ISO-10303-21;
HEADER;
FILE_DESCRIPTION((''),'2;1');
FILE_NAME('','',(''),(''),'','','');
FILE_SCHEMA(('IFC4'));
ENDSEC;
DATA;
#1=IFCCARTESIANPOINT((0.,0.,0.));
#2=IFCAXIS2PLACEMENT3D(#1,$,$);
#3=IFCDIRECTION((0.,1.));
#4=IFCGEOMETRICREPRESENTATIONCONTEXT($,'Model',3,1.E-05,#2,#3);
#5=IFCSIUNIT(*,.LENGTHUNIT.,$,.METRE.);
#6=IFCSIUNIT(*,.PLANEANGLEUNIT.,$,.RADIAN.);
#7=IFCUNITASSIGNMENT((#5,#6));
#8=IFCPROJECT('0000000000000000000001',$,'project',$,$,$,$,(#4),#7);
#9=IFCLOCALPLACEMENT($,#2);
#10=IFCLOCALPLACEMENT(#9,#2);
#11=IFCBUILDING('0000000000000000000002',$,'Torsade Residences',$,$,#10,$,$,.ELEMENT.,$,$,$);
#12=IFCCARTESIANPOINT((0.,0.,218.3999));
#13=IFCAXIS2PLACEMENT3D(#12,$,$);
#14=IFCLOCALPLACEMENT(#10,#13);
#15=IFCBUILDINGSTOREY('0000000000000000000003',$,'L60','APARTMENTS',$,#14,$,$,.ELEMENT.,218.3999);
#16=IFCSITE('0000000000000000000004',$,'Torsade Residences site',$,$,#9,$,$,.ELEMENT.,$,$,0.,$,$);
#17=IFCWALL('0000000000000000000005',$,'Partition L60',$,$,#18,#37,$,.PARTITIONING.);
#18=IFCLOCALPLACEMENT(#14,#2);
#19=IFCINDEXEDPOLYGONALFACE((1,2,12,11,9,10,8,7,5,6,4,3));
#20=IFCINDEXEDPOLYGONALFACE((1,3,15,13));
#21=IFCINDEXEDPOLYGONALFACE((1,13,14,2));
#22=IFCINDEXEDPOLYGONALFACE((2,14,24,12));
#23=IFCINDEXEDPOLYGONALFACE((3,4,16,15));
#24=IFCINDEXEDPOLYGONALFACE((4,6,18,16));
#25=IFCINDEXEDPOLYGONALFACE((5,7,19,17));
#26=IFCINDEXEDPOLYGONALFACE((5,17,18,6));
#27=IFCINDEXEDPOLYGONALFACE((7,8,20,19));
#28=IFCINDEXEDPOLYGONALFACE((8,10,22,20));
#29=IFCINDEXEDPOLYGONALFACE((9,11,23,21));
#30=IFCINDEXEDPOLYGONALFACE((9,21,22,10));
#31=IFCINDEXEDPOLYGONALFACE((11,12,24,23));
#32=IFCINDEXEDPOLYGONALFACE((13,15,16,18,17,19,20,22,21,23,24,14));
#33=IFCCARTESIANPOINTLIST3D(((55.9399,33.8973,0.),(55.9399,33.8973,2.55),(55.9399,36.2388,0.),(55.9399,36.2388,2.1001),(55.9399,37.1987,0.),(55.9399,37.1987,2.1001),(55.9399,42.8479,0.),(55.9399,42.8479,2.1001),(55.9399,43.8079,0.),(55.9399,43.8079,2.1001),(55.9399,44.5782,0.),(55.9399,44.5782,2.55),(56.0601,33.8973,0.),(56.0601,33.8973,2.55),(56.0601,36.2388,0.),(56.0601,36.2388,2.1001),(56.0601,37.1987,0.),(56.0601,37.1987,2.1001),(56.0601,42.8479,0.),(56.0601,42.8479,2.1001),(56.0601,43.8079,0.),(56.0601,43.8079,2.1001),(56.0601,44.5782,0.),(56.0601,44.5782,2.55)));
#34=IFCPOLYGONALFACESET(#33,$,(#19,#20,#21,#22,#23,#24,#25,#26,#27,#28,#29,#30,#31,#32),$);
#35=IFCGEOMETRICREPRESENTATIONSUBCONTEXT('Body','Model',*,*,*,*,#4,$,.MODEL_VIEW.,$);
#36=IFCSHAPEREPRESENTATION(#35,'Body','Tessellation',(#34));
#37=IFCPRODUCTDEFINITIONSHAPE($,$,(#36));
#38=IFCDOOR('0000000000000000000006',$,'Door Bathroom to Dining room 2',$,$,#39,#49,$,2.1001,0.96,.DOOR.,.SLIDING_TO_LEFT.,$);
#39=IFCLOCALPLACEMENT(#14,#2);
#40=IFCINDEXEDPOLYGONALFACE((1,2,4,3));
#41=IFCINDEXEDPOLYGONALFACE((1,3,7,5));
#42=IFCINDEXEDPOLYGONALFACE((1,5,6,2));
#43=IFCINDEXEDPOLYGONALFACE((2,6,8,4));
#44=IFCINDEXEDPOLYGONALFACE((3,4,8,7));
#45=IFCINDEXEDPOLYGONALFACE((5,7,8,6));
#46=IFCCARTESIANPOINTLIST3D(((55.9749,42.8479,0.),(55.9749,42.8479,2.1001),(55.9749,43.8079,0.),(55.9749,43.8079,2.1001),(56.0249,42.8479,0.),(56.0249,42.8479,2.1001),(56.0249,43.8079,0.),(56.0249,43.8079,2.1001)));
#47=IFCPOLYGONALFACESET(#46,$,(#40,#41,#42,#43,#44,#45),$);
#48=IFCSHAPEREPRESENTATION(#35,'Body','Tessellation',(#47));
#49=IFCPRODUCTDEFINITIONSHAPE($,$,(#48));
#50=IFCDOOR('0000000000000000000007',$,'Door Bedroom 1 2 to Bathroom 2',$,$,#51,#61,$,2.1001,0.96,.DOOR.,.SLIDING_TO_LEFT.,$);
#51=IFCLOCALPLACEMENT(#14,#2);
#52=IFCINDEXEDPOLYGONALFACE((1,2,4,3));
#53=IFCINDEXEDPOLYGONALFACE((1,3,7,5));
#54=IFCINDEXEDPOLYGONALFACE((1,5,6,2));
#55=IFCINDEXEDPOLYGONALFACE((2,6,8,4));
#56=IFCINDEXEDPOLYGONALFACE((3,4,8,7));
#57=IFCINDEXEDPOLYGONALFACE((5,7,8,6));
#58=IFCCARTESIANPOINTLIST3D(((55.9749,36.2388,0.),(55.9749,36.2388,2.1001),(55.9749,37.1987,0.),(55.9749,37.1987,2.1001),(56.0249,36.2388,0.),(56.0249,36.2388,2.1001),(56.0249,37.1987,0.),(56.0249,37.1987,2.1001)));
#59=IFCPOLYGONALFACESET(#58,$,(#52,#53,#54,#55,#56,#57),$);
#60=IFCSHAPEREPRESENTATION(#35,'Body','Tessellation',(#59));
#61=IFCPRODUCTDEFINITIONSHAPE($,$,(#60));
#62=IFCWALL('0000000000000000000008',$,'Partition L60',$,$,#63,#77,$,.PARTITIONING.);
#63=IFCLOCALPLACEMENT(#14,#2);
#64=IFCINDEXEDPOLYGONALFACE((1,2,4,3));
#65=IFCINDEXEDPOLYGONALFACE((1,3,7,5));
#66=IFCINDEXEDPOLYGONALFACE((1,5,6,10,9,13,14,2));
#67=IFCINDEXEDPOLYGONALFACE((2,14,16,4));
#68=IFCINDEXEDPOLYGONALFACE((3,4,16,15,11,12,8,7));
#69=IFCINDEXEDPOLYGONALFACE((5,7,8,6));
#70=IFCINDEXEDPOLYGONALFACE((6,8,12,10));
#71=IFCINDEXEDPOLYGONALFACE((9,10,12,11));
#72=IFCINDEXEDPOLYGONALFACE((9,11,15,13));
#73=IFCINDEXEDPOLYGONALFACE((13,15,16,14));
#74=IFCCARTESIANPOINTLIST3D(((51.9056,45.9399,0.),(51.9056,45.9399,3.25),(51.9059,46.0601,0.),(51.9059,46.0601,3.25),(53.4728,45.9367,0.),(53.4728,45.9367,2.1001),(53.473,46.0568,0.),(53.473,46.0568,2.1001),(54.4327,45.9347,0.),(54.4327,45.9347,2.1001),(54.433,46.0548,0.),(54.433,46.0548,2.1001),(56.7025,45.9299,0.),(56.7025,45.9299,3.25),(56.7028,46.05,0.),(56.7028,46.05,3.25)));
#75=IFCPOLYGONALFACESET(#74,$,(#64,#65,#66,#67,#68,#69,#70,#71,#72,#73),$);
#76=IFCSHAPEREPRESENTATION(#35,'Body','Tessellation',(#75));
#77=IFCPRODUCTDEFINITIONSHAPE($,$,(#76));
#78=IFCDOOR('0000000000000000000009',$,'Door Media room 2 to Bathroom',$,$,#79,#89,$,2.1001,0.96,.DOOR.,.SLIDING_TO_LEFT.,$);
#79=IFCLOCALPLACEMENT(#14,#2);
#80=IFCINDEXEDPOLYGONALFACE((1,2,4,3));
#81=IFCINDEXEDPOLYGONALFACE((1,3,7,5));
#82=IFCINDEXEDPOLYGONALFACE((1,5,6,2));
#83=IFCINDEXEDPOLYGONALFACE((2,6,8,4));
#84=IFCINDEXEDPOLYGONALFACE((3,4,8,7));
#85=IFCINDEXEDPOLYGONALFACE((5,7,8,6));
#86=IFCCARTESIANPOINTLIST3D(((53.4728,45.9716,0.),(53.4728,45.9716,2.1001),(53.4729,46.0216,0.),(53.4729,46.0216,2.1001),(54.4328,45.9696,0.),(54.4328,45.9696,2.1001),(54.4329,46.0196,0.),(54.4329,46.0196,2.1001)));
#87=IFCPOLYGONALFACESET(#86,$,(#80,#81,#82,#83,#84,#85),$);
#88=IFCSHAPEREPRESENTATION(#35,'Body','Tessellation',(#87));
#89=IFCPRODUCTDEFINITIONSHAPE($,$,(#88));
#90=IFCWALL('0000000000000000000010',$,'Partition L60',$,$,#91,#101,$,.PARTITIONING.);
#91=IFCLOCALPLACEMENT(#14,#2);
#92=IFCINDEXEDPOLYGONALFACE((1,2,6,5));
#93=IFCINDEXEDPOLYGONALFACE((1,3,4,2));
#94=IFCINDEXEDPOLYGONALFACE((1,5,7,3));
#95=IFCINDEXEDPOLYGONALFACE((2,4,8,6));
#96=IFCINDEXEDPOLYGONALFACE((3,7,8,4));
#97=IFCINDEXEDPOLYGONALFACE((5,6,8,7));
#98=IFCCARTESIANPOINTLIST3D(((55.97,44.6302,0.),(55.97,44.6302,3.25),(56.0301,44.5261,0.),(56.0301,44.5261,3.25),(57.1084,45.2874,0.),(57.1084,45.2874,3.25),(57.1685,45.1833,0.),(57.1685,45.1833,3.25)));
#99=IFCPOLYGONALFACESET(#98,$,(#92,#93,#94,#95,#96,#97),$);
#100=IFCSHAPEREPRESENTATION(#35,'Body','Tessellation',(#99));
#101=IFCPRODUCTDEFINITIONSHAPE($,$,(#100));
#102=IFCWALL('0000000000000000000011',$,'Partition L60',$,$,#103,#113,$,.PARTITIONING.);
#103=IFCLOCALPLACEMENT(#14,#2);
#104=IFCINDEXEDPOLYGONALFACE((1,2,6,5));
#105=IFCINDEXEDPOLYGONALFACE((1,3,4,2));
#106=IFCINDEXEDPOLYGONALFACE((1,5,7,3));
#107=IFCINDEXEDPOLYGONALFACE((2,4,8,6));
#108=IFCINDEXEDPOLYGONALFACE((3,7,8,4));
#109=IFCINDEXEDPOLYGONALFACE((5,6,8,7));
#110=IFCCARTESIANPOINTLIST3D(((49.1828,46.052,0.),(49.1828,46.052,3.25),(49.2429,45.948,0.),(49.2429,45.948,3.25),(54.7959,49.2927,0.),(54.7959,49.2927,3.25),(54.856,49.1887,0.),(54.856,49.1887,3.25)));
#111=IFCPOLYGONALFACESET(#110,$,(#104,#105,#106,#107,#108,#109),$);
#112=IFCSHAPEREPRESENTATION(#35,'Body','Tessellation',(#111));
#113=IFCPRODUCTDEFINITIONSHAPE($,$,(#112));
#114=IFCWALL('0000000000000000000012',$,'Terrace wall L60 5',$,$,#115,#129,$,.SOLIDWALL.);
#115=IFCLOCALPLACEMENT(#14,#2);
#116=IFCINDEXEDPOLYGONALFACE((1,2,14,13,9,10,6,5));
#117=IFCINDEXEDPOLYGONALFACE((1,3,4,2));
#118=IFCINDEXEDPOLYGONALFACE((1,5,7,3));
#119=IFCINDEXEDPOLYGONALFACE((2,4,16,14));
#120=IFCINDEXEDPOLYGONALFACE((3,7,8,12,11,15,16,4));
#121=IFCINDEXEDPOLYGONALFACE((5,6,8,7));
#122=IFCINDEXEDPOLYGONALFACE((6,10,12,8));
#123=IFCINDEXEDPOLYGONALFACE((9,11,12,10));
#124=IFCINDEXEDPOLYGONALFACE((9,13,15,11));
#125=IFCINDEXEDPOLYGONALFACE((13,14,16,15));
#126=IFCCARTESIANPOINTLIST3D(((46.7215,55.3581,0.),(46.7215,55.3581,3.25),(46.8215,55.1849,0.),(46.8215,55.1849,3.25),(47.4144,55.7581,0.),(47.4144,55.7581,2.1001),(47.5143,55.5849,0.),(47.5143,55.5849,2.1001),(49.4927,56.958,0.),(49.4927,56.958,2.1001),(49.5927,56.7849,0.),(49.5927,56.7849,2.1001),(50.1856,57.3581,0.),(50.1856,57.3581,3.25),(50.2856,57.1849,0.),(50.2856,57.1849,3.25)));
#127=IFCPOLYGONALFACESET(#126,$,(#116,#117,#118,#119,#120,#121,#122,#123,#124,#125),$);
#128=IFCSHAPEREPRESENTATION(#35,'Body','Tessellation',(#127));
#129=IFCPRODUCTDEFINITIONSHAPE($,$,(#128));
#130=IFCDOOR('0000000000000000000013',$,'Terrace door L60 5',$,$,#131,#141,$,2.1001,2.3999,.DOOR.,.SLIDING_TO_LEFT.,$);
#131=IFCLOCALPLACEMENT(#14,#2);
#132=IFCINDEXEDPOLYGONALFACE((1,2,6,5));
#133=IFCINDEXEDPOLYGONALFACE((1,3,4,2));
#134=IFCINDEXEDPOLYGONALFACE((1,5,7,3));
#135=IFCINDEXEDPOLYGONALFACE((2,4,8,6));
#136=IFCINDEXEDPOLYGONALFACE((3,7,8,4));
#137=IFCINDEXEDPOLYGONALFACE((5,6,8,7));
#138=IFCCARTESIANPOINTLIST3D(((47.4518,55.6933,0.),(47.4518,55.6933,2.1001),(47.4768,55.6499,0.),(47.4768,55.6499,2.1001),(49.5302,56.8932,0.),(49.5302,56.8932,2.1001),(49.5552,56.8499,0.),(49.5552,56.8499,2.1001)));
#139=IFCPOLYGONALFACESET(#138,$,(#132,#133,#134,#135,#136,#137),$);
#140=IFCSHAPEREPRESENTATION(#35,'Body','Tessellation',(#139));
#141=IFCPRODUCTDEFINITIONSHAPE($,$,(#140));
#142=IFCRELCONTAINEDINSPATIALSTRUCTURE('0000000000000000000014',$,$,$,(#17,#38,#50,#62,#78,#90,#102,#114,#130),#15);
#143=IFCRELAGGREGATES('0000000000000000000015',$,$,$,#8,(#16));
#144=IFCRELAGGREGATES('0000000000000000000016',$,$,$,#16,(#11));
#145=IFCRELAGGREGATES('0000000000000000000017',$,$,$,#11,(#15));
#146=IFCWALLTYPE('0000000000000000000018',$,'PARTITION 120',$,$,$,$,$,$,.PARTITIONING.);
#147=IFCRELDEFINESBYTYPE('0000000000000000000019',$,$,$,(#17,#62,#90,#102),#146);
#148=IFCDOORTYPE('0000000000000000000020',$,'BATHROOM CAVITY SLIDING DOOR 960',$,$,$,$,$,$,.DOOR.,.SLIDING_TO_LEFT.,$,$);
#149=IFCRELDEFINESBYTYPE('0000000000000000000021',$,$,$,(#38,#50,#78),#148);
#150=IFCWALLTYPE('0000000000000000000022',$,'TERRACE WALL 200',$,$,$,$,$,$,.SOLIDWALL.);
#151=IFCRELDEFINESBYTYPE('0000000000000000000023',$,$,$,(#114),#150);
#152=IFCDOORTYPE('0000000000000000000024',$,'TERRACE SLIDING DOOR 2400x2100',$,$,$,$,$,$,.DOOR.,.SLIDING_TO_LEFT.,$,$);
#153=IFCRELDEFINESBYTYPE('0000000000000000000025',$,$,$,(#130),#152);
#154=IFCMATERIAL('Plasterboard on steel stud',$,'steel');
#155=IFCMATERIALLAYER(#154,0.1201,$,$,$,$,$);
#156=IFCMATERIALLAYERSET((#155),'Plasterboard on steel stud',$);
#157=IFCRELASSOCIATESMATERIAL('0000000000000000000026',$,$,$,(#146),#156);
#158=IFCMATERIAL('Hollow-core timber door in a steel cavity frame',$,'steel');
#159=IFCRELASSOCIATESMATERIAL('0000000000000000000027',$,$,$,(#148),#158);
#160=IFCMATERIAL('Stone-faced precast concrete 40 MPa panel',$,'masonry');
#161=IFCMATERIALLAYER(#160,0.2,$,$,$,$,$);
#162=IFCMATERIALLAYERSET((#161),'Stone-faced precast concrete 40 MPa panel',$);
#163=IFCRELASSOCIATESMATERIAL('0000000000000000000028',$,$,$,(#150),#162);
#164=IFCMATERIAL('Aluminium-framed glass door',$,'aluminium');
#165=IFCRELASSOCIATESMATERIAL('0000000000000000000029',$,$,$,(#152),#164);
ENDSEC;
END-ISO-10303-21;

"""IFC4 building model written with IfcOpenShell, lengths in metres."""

from ifc_helpers import new_model, si_unit, direction, frame, frame_2d, origin, place, context, subcontext, project, spatial, rectangle, extrude, material, layer, layer_set, type_object, element, fill, save


model = new_model("IFC4")

# Units and contexts
model_context = context("Model", 3, precision=1e-05, world=origin(), true_north=direction((0.0, 1.0)))
body_context = subcontext(model_context, "Body", "Model", "MODEL_VIEW")
ifc_project = project(units=[si_unit("LENGTHUNIT", "METRE"), si_unit("PLANEANGLEUNIT", "RADIAN")], contexts=[model_context])

# Site, building, storey
site_placement = place(None, origin())
site = spatial("IfcSite", under=ifc_project, at=site_placement, Name="Torsade Residences site", CompositionType="ELEMENT", RefElevation=0.0)
building_placement = place(site_placement, origin())
building = spatial("IfcBuilding", under=site, at=building_placement, Name="Torsade Residences", CompositionType="ELEMENT")
storey_placement = place(building_placement, frame((0.0, 0.0, 218.3999)))
storey = spatial("IfcBuildingStorey", under=building, at=storey_placement, Name="L60", Description="APARTMENTS", CompositionType="ELEMENT", Elevation=218.3999)

# Wall, openings, doors
ifc_material_1 = material(Name="Plasterboard on steel stud", Category="steel")
ifc_layer_1 = layer(ifc_material_1, 0.1201)
ifc_layer_set_1 = layer_set([ifc_layer_1], Name="Plasterboard on steel stud")
wall_type_1 = type_object("IfcWallType", Name="PARTITION 120", PredefinedType="PARTITIONING", material=ifc_layer_set_1)
wall_1_placement = place(storey_placement, frame((56.0, 44.5781, 0.0), z_axis=(0.0, 0.0, 1.0), x_axis=(0.0, -1.0, 0.0)))
wall_1 = element("IfcWall", 1, at=wall_1_placement, inside=storey, type_object=wall_type_1, Name="Partition L60", PredefinedType="PARTITIONING", context=body_context, shape_type="SweptSolid", body=[
    extrude(rectangle(XDim=10.6809, YDim=0.1201, at=frame_2d((5.3403, 0.0))), origin(), (0.0, 0.0, 1.0), 2.55),
])
opening_1_placement = place(wall_1_placement, frame((0.7703, 0.0, 0.0)))
opening_1 = element("IfcOpeningElement", 2, at=opening_1_placement, cuts=wall_1, PredefinedType="OPENING", context=body_context, shape_type="SweptSolid", body=[
    extrude(rectangle(XDim=0.96, YDim=2.1001, at=frame_2d((0.48, 1.05))), frame((0.0, 0.0701, 0.0), z_axis=(0.0, -1.0, 0.0), x_axis=(1.0, 0.0, 0.0)), (0.0, 0.0, 1.0), 0.1401),
])
opening_2_placement = place(wall_1_placement, frame((7.3794, 0.0, 0.0)))
opening_2 = element("IfcOpeningElement", 3, at=opening_2_placement, cuts=wall_1, PredefinedType="OPENING", context=body_context, shape_type="SweptSolid", body=[
    extrude(rectangle(XDim=0.96, YDim=2.1001, at=frame_2d((0.48, 1.05))), frame((0.0, 0.0701, 0.0), z_axis=(0.0, -1.0, 0.0), x_axis=(1.0, 0.0, 0.0)), (0.0, 0.0, 1.0), 0.1401),
])
ifc_material_2 = material(Name="Hollow-core timber door in a steel cavity frame", Category="steel")
door_type_1 = type_object("IfcDoorType", Name="BATHROOM CAVITY SLIDING DOOR 960", OperationType="SLIDING_TO_LEFT", PredefinedType="DOOR", material=ifc_material_2)
door_1_placement = place(opening_1_placement, origin())
door_1 = element("IfcDoor", 4, at=door_1_placement, inside=storey, type_object=door_type_1, Name="Door Bathroom to Dining room 2", OperationType="SLIDING_TO_LEFT", OverallHeight=2.1001, OverallWidth=0.96, PredefinedType="DOOR", context=body_context, shape_type="SweptSolid", body=[
    extrude(rectangle(XDim=0.96, YDim=2.1001, at=frame_2d((0.48, 1.05))), frame((0.0, 0.0249, 0.0), z_axis=(0.0, -1.0, 0.0), x_axis=(1.0, 0.0, 0.0)), (0.0, 0.0, 1.0), 0.05),
])
fill(opening_1, door_1)
door_2_placement = place(opening_2_placement, origin())
door_2 = element("IfcDoor", 5, at=door_2_placement, inside=storey, type_object=door_type_1, Name="Door Bedroom 1 2 to Bathroom 2", OperationType="SLIDING_TO_LEFT", OverallHeight=2.1001, OverallWidth=0.96, PredefinedType="DOOR", context=body_context, shape_type="SweptSolid", body=[
    extrude(rectangle(XDim=0.96, YDim=2.1001, at=frame_2d((0.48, 1.05))), frame((0.0, 0.0249, 0.0), z_axis=(0.0, -1.0, 0.0), x_axis=(1.0, 0.0, 0.0)), (0.0, 0.0, 1.0), 0.05),
])
fill(opening_2, door_2)

# Wall, opening, door
wall_2_placement = place(storey_placement, frame((51.9058, 46.0, 0.0), z_axis=(0.0, 0.0, 1.0), x_axis=(0.999998, -0.002087, 0.0)))
wall_2 = element("IfcWall", 6, at=wall_2_placement, inside=storey, type_object=wall_type_1, Name="Partition L60", PredefinedType="PARTITIONING", context=body_context, shape_type="SweptSolid", body=[
    extrude(rectangle(XDim=4.7969, YDim=0.1201, at=frame_2d((2.3984, 0.0))), origin(), (0.0, 0.0, 1.0), 3.25),
])
opening_3_placement = place(wall_2_placement, frame((1.5671, 0.0, 0.0)))
opening_3 = element("IfcOpeningElement", 7, at=opening_3_placement, cuts=wall_2, PredefinedType="OPENING", context=body_context, shape_type="SweptSolid", body=[
    extrude(rectangle(XDim=0.96, YDim=2.1001, at=frame_2d((0.48, 1.05))), frame((0.0, 0.0701, 0.0), z_axis=(0.0, -1.0, 0.0), x_axis=(1.0, 0.0, 0.0)), (0.0, 0.0, 1.0), 0.1401),
])
door_3_placement = place(opening_3_placement, origin())
door_3 = element("IfcDoor", 8, at=door_3_placement, inside=storey, type_object=door_type_1, Name="Door Media room 2 to Bathroom", OperationType="SLIDING_TO_LEFT", OverallHeight=2.1001, OverallWidth=0.96, PredefinedType="DOOR", context=body_context, shape_type="SweptSolid", body=[
    extrude(rectangle(XDim=0.96, YDim=2.1001, at=frame_2d((0.48, 1.05))), frame((0.0, 0.0249, 0.0), z_axis=(0.0, -1.0, 0.0), x_axis=(1.0, 0.0, 0.0)), (0.0, 0.0, 1.0), 0.05),
])
fill(opening_3, door_3)

# Walls
wall_3_placement = place(storey_placement, frame((57.1384, 45.2354, 0.0), z_axis=(0.0, 0.0, 1.0), x_axis=(-0.86604, -0.499974, 0.0)))
element("IfcWall", 9, at=wall_3_placement, inside=storey, type_object=wall_type_1, Name="Partition L60", PredefinedType="PARTITIONING", context=body_context, shape_type="SweptSolid", body=[
    extrude(rectangle(XDim=1.3145, YDim=0.1201, at=frame_2d((0.6572, 0.0))), origin(), (0.0, 0.0, 1.0), 3.25),
])
wall_4_placement = place(storey_placement, frame((54.8259, 49.2407, 0.0), z_axis=(0.0, 0.0, 1.0), x_axis=(-0.866023, -0.500004, 0.0)))
element("IfcWall", 10, at=wall_4_placement, inside=storey, type_object=wall_type_1, Name="Partition L60", PredefinedType="PARTITIONING", context=body_context, shape_type="SweptSolid", body=[
    extrude(rectangle(XDim=6.4814, YDim=0.1201, at=frame_2d((3.2407, 0.0))), origin(), (0.0, 0.0, 1.0), 3.25),
])

# Wall, opening, door
ifc_material_3 = material(Name="Stone-faced precast concrete 40 MPa panel", Category="masonry")
ifc_layer_2 = layer(ifc_material_3, 0.2)
ifc_layer_set_2 = layer_set([ifc_layer_2], Name="Stone-faced precast concrete 40 MPa panel")
wall_type_2 = type_object("IfcWallType", Name="TERRACE WALL 200", PredefinedType="SOLIDWALL", material=ifc_layer_set_2)
wall_5_placement = place(storey_placement, frame((50.2356, 57.2715, 0.0), z_axis=(0.0, 0.0, 1.0), x_axis=(-0.866026, -0.499999, 0.0)))
wall_5 = element("IfcWall", 11, at=wall_5_placement, inside=storey, type_object=wall_type_2, Name="Terrace wall L60 5", PredefinedType="SOLIDWALL", context=body_context, shape_type="SweptSolid", body=[
    extrude(rectangle(XDim=4.0, YDim=0.2, at=frame_2d((2.0, 0.0))), origin(), (0.0, 0.0, 1.0), 3.25),
])
opening_4_placement = place(wall_5_placement, frame((0.8, 0.0, 0.0)))
opening_4 = element("IfcOpeningElement", 12, at=opening_4_placement, cuts=wall_5, PredefinedType="OPENING", context=body_context, shape_type="SweptSolid", body=[
    extrude(rectangle(XDim=2.3999, YDim=2.1001, at=frame_2d((1.2, 1.05))), frame((0.0, 0.1099, 0.0), z_axis=(0.0, -1.0, 0.0), x_axis=(1.0, 0.0, 0.0)), (0.0, 0.0, 1.0), 0.22),
])
ifc_material_4 = material(Name="Aluminium-framed glass door", Category="aluminium")
door_type_2 = type_object("IfcDoorType", Name="TERRACE SLIDING DOOR 2400x2100", OperationType="SLIDING_TO_LEFT", PredefinedType="DOOR", material=ifc_material_4)
door_4_placement = place(opening_4_placement, origin())
door_4 = element("IfcDoor", 13, at=door_4_placement, inside=storey, type_object=door_type_2, Name="Terrace door L60 5", OperationType="SLIDING_TO_LEFT", OverallHeight=2.1001, OverallWidth=2.3999, PredefinedType="DOOR", context=body_context, shape_type="SweptSolid", body=[
    extrude(rectangle(XDim=2.3999, YDim=2.1001, at=frame_2d((1.2, 1.05))), frame((0.0, 0.0249, 0.0), z_axis=(0.0, -1.0, 0.0), x_axis=(1.0, 0.0, 0.0)), (0.0, 0.0, 1.0), 0.05),
])
fill(opening_4, door_4)

save(model, "model.ifc")
